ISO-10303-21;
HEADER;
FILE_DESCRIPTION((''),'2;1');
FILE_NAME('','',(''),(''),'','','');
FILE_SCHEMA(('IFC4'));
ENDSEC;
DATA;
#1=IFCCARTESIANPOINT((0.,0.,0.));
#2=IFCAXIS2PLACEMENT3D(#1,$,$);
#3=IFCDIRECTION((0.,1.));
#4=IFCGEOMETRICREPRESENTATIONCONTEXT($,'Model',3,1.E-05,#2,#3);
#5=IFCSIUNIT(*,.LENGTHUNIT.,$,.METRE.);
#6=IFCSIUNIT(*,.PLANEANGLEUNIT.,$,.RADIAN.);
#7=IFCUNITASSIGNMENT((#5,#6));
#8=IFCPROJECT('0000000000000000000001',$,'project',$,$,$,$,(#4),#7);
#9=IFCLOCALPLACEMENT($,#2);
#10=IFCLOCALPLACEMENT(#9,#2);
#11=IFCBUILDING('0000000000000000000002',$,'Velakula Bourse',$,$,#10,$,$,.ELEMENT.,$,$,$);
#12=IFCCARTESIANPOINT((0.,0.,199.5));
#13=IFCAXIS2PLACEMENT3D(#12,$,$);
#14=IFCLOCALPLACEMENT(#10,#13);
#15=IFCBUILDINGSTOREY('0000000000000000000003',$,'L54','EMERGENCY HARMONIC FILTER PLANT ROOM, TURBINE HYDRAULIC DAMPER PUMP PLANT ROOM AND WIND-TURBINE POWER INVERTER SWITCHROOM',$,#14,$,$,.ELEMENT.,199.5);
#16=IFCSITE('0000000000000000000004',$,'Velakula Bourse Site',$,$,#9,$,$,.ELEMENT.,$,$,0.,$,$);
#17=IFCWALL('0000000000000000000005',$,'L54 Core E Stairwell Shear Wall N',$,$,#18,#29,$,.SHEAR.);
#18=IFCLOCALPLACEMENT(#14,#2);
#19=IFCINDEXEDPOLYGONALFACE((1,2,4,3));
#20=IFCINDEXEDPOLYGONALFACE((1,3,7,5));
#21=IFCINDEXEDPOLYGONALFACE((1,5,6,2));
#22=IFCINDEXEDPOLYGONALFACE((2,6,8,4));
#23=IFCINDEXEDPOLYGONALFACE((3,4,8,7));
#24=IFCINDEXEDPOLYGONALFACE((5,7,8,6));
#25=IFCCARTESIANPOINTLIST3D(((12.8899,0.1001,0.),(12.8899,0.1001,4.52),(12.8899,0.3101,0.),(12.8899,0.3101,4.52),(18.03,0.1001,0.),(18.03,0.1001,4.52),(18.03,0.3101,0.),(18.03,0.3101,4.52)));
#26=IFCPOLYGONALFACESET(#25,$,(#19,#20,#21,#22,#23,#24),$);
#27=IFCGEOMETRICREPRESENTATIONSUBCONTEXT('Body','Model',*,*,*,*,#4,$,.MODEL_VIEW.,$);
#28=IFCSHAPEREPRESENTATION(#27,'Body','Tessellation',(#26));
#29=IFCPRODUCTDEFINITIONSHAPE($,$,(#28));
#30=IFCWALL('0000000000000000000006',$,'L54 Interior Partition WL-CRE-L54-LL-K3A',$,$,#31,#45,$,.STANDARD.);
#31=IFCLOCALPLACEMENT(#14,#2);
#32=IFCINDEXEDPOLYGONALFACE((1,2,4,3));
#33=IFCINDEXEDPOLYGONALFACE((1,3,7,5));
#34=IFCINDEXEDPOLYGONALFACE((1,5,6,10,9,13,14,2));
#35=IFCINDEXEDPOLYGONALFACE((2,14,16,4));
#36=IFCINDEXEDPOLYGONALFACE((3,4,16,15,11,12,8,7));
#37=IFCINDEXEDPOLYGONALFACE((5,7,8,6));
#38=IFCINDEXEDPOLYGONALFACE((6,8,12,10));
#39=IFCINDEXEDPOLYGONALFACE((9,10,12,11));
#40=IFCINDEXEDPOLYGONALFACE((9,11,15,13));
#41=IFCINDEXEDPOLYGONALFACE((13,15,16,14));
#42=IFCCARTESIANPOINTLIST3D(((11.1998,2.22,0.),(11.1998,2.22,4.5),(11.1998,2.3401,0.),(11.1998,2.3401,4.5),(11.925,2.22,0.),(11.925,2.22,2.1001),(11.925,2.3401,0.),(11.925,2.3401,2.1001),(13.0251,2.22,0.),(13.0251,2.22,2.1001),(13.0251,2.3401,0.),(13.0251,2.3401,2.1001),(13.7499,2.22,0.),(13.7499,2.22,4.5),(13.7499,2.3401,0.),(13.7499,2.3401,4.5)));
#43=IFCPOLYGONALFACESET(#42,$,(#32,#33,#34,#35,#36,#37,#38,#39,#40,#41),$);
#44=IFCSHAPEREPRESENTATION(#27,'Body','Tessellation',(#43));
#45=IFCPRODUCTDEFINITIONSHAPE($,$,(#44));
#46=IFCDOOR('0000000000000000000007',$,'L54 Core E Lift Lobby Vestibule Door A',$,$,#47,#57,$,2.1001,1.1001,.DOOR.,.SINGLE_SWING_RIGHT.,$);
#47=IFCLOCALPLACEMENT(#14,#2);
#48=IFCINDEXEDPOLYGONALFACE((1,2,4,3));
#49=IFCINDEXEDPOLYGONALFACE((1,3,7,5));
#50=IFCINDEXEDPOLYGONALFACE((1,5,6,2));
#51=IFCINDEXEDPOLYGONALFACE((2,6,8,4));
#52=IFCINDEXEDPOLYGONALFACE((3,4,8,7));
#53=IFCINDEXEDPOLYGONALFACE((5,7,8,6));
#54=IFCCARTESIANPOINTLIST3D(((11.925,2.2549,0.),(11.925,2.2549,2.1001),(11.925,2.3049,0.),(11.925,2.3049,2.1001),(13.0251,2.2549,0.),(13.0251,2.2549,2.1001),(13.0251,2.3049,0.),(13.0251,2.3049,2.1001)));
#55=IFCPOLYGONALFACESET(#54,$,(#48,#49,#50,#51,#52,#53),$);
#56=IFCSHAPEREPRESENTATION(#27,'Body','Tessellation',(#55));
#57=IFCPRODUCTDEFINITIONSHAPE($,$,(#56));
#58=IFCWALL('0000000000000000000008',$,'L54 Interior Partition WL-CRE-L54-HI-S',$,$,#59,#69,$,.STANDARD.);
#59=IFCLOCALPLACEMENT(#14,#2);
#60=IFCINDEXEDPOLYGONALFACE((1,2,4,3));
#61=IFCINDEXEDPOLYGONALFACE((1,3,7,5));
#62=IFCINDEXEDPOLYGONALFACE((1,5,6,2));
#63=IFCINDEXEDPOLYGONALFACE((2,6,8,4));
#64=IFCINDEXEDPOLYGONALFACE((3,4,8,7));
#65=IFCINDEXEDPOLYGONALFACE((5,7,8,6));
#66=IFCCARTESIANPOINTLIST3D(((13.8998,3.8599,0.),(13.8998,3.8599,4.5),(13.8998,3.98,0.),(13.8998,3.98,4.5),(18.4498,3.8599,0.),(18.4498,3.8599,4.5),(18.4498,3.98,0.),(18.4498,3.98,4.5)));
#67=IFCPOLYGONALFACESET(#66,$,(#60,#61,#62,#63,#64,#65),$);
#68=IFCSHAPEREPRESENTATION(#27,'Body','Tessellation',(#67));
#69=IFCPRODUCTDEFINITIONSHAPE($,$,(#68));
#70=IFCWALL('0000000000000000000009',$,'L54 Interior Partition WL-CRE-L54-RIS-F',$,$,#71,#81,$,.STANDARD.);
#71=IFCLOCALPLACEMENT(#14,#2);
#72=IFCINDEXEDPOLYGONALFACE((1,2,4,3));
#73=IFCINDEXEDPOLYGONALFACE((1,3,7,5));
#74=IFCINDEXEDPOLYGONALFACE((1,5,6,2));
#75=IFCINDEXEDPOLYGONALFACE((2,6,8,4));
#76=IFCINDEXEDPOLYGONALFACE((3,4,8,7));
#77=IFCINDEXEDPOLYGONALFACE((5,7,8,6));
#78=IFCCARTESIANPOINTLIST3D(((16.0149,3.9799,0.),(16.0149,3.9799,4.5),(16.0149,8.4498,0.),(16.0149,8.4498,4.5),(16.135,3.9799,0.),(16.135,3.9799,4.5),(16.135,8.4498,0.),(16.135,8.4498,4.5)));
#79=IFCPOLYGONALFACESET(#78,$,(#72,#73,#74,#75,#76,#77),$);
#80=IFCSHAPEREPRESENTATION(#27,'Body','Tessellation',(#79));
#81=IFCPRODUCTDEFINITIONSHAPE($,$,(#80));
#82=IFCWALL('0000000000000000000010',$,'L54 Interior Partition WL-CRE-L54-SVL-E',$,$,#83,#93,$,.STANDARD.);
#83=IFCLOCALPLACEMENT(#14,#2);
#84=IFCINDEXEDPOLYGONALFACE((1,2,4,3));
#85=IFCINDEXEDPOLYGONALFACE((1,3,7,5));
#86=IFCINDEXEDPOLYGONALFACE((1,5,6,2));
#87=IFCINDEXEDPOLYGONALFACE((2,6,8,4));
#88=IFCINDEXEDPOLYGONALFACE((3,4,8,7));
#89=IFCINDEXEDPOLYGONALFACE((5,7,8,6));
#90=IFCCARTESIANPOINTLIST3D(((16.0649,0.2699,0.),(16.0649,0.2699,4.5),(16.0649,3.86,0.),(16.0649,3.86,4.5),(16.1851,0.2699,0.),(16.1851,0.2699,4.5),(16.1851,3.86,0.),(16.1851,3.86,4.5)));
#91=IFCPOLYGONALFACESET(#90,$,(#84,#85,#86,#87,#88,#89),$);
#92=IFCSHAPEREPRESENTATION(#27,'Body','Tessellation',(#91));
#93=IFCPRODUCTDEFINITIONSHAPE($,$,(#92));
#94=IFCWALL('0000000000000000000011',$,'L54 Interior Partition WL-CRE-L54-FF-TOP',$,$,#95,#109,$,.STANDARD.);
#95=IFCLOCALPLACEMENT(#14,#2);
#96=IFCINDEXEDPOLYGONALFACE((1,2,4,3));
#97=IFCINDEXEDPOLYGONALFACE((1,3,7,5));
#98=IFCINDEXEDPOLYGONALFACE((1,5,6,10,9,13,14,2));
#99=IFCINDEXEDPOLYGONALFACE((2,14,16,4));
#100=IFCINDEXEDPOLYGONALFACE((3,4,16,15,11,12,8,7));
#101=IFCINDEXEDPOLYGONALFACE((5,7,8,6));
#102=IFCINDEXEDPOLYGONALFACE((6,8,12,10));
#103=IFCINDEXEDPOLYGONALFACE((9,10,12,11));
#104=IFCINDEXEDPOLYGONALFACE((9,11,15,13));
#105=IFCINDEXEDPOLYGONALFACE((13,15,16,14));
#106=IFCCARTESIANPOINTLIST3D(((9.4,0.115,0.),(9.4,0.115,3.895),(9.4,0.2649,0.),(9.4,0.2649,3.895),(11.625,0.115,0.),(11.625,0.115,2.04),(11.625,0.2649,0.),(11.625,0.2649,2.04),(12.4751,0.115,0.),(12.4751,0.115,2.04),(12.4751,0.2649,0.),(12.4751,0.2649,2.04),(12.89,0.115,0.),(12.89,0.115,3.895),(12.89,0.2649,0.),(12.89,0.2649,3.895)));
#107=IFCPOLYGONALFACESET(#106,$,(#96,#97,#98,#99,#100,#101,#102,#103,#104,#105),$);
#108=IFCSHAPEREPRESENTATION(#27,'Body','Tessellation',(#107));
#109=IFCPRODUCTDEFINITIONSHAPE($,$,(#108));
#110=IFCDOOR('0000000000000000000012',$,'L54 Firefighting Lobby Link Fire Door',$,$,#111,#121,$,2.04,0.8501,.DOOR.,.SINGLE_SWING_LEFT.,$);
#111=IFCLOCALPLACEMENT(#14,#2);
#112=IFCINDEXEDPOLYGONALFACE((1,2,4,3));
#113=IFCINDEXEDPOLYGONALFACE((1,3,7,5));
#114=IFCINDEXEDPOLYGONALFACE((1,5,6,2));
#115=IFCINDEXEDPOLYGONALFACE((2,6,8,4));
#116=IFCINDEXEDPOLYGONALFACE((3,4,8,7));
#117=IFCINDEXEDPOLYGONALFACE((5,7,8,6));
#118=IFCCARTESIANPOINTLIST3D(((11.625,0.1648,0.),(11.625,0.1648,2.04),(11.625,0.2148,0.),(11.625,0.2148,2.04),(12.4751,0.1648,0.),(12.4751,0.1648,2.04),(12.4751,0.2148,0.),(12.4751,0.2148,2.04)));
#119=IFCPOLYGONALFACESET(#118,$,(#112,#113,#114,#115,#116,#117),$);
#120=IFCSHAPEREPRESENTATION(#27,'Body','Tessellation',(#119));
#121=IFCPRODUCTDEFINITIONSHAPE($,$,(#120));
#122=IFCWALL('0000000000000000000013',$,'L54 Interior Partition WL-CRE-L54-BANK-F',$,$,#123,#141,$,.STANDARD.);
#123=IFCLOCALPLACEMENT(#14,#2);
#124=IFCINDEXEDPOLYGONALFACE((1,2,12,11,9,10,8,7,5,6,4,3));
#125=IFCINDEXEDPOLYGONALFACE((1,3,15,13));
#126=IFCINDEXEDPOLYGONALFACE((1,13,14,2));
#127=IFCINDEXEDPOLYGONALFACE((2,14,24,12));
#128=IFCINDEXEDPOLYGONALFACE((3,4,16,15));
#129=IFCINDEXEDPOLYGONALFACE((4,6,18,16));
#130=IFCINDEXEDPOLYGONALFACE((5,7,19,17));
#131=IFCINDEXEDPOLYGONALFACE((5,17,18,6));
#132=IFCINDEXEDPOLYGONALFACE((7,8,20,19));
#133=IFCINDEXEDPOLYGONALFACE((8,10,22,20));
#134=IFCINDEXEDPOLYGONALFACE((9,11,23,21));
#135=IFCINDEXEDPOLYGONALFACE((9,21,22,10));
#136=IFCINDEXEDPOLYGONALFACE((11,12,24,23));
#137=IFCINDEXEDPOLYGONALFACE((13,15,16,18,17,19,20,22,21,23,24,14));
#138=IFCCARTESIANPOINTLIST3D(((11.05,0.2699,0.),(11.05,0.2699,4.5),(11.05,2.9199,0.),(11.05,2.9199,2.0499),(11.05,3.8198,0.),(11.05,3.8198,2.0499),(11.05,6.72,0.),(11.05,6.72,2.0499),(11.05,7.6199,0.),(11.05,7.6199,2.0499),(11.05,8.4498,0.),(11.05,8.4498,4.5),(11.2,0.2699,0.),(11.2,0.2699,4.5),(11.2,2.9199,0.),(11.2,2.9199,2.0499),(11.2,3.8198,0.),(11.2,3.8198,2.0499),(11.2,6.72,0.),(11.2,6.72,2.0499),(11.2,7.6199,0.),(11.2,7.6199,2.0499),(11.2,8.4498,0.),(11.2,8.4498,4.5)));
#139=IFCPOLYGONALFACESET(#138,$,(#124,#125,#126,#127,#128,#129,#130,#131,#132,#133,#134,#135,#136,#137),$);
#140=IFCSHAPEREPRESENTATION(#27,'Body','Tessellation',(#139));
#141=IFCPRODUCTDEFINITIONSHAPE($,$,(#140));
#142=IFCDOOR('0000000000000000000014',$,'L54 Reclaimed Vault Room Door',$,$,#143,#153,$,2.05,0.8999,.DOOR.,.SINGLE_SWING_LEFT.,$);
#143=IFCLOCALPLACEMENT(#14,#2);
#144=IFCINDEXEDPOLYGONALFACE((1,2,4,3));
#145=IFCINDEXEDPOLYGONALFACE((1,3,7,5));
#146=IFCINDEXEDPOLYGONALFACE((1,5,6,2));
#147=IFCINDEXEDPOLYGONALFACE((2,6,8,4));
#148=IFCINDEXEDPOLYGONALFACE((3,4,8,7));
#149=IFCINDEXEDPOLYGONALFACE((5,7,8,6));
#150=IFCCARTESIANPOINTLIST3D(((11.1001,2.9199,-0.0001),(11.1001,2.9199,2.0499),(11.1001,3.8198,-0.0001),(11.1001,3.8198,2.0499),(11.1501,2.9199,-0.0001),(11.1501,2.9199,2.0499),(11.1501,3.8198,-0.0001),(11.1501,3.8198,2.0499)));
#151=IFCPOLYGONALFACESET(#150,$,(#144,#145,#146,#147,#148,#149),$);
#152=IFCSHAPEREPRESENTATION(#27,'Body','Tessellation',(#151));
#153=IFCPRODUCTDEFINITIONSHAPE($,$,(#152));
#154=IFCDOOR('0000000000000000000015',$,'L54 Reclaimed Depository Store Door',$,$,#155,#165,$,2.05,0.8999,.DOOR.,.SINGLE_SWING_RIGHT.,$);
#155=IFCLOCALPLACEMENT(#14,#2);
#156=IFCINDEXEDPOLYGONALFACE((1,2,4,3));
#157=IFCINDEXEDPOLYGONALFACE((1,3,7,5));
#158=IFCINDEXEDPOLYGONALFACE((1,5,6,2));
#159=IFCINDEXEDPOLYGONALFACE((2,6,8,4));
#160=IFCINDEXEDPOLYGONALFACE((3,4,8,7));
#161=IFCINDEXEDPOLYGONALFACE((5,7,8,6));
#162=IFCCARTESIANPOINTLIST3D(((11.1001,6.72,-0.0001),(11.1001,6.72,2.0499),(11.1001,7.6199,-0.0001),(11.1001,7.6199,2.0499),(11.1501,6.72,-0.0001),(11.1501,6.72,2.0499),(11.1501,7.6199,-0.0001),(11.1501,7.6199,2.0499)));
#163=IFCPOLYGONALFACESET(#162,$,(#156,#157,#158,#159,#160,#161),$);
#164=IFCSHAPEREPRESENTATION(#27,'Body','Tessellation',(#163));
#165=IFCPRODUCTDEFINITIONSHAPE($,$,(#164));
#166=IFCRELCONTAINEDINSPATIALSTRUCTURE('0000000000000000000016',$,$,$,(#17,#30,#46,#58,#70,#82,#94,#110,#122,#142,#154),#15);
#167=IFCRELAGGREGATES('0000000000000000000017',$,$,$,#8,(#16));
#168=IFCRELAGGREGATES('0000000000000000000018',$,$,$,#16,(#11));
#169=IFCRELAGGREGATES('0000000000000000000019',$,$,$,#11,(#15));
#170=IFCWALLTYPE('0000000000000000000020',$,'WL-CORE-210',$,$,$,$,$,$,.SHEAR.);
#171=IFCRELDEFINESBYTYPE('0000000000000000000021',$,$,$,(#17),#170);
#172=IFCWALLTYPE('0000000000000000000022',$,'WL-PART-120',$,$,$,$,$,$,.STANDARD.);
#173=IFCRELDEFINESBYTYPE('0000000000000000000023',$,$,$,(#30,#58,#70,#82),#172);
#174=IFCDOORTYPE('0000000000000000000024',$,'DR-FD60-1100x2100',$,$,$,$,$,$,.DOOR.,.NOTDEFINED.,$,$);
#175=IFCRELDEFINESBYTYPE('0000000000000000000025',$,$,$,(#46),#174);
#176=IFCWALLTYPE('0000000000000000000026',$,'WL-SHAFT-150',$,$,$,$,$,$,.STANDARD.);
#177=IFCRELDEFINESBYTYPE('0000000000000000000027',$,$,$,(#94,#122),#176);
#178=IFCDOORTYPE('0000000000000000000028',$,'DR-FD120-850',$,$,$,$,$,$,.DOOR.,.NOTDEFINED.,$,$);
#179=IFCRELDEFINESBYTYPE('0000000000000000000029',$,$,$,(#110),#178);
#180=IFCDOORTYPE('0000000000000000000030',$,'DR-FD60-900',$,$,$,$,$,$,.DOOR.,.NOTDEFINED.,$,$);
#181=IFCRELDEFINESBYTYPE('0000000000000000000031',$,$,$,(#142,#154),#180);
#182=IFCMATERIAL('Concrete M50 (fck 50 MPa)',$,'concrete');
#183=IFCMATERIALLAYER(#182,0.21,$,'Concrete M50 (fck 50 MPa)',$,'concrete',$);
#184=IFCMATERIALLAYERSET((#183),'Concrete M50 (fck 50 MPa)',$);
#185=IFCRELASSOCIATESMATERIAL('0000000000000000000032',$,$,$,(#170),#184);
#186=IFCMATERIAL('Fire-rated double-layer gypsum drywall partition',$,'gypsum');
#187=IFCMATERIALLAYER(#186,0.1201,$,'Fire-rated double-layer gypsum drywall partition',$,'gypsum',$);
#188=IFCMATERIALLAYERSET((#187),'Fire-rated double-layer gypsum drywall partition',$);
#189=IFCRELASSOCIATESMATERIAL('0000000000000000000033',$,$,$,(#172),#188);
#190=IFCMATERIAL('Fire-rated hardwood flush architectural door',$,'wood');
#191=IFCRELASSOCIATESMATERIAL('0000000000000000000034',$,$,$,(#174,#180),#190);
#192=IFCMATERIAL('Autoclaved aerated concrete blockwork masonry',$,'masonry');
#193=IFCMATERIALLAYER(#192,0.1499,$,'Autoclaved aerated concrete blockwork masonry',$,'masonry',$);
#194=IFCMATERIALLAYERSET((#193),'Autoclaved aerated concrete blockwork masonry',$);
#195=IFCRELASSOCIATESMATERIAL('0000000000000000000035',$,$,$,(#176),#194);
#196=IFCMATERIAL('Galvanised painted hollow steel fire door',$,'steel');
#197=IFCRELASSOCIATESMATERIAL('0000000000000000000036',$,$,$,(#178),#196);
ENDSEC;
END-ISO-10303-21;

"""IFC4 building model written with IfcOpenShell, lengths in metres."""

from ifc_helpers import new_model, si_unit, direction, frame, frame_2d, origin, place, context, subcontext, project, spatial, rectangle, extrude, material, layer, layer_set, type_object, element, fill, save


model = new_model("IFC4")

# Units and contexts
model_context = context("Model", 3, precision=1e-05, world=origin(), true_north=direction((0.0, 1.0)))
body_context = subcontext(model_context, "Body", "Model", "MODEL_VIEW")
ifc_project = project(units=[si_unit("LENGTHUNIT", "METRE"), si_unit("PLANEANGLEUNIT", "RADIAN")], contexts=[model_context])

# Site, building, storey
site_placement = place(None, origin())
site = spatial("IfcSite", under=ifc_project, at=site_placement, Name="Velakula Bourse Site", CompositionType="ELEMENT", RefElevation=0.0)
building_placement = place(site_placement, origin())
building = spatial("IfcBuilding", under=site, at=building_placement, Name="Velakula Bourse", CompositionType="ELEMENT")
storey_placement = place(building_placement, frame((0.0, 0.0, 199.5)))
storey = spatial("IfcBuildingStorey", under=building, at=storey_placement, Name="L54", Description="EMERGENCY HARMONIC FILTER PLANT ROOM, TURBINE HYDRAULIC DAMPER PUMP PLANT ROOM AND WIND-TURBINE POWER INVERTER SWITCHROOM", CompositionType="ELEMENT", Elevation=199.5)

# Wall
ifc_material_1 = material(Name="Concrete M50 (fck 50 MPa)", Category="concrete")
ifc_layer_1 = layer(ifc_material_1, 0.21, Name="Concrete M50 (fck 50 MPa)", Category="concrete")
ifc_layer_set_1 = layer_set([ifc_layer_1], Name="Concrete M50 (fck 50 MPa)")
wall_type_1 = type_object("IfcWallType", Name="WL-CORE-210", PredefinedType="SHEAR", material=ifc_layer_set_1)
wall_1_placement = place(storey_placement, frame((18.03, 0.2051, 0.0), z_axis=(0.0, 0.0, 1.0), x_axis=(-1.0, 0.0, 0.0)))
element("IfcWall", 1, at=wall_1_placement, inside=storey, type_object=wall_type_1, Name="L54 Core E Stairwell Shear Wall N", PredefinedType="SHEAR", context=body_context, shape_type="SweptSolid", body=[
    extrude(rectangle(XDim=5.1401, YDim=0.21, at=frame_2d((2.5701, 0.0))), origin(), (0.0, 0.0, 1.0), 4.52),
])

# Wall, opening, door
ifc_material_2 = material(Name="Fire-rated double-layer gypsum drywall partition", Category="gypsum")
ifc_layer_2 = layer(ifc_material_2, 0.1201, Name="Fire-rated double-layer gypsum drywall partition", Category="gypsum")
ifc_layer_set_2 = layer_set([ifc_layer_2], Name="Fire-rated double-layer gypsum drywall partition")
wall_type_2 = type_object("IfcWallType", Name="WL-PART-120", PredefinedType="STANDARD", material=ifc_layer_set_2)
wall_2_placement = place(storey_placement, frame((11.2, 2.28, 0.0), z_axis=(0.0, 0.0, 1.0), x_axis=(1.0, 0.0, 0.0)))
wall_2 = element("IfcWall", 2, at=wall_2_placement, inside=storey, type_object=wall_type_2, Name="L54 Interior Partition WL-CRE-L54-LL-K3A", PredefinedType="STANDARD", context=body_context, shape_type="SweptSolid", body=[
    extrude(rectangle(XDim=2.55, YDim=0.1201, at=frame_2d((1.2749, 0.0))), origin(), (0.0, 0.0, 1.0), 4.5),
])
opening_1_placement = place(wall_2_placement, frame((0.7251, 0.0, 0.0)))
opening_1 = element("IfcOpeningElement", 3, at=opening_1_placement, cuts=wall_2, PredefinedType="OPENING", context=body_context, shape_type="SweptSolid", body=[
    extrude(rectangle(XDim=1.1001, YDim=2.1001, at=frame_2d((0.55, 1.05))), frame((0.0, 0.0701, 0.0), z_axis=(0.0, -1.0, 0.0), x_axis=(1.0, 0.0, 0.0)), (0.0, 0.0, 1.0), 0.1401),
])
ifc_material_3 = material(Name="Fire-rated hardwood flush architectural door", Category="wood")
door_type_1 = type_object("IfcDoorType", Name="DR-FD60-1100x2100", OperationType="NOTDEFINED", PredefinedType="DOOR", material=ifc_material_3)
door_1_placement = place(opening_1_placement, origin())
door_1 = element("IfcDoor", 4, at=door_1_placement, inside=storey, type_object=door_type_1, Name="L54 Core E Lift Lobby Vestibule Door A", OperationType="SINGLE_SWING_RIGHT", OverallHeight=2.1001, OverallWidth=1.1001, PredefinedType="DOOR", context=body_context, shape_type="SweptSolid", body=[
    extrude(rectangle(XDim=1.1001, YDim=2.1001, at=frame_2d((0.55, 1.05))), frame((0.0, 0.0249, 0.0), z_axis=(0.0, -1.0, 0.0), x_axis=(1.0, 0.0, 0.0)), (0.0, 0.0, 1.0), 0.05),
])
fill(opening_1, door_1)

# Walls
wall_3_placement = place(storey_placement, frame((13.8999, 3.9199, 0.0), z_axis=(0.0, 0.0, 1.0), x_axis=(1.0, 0.0, 0.0)))
element("IfcWall", 5, at=wall_3_placement, inside=storey, type_object=wall_type_2, Name="L54 Interior Partition WL-CRE-L54-HI-S", PredefinedType="STANDARD", context=body_context, shape_type="SweptSolid", body=[
    extrude(rectangle(XDim=4.55, YDim=0.1201, at=frame_2d((2.2749, 0.0))), origin(), (0.0, 0.0, 1.0), 4.5),
])
wall_4_placement = place(storey_placement, frame((16.075, 3.98, 0.0), z_axis=(0.0, 0.0, 1.0), x_axis=(0.0, 1.0, 0.0)))
element("IfcWall", 6, at=wall_4_placement, inside=storey, type_object=wall_type_2, Name="L54 Interior Partition WL-CRE-L54-RIS-F", PredefinedType="STANDARD", context=body_context, shape_type="SweptSolid", body=[
    extrude(rectangle(XDim=4.47, YDim=0.1201, at=frame_2d((2.2349, 0.0))), origin(), (0.0, 0.0, 1.0), 4.5),
])
wall_5_placement = place(storey_placement, frame((16.125, 0.27, 0.0), z_axis=(0.0, 0.0, 1.0), x_axis=(0.0, 1.0, 0.0)))
element("IfcWall", 7, at=wall_5_placement, inside=storey, type_object=wall_type_2, Name="L54 Interior Partition WL-CRE-L54-SVL-E", PredefinedType="STANDARD", context=body_context, shape_type="SweptSolid", body=[
    extrude(rectangle(XDim=3.5901, YDim=0.1201, at=frame_2d((1.7949, 0.0))), origin(), (0.0, 0.0, 1.0), 4.5),
])

# Shared definitions
ifc_material_4 = material(Name="Autoclaved aerated concrete blockwork masonry", Category="masonry")
ifc_layer_3 = layer(ifc_material_4, 0.1499, Name="Autoclaved aerated concrete blockwork masonry", Category="masonry")
ifc_layer_set_3 = layer_set([ifc_layer_3], Name="Autoclaved aerated concrete blockwork masonry")
wall_type_3 = type_object("IfcWallType", Name="WL-SHAFT-150", PredefinedType="STANDARD", material=ifc_layer_set_3)
ifc_material_5 = material(Name="Galvanised painted hollow steel fire door", Category="steel")

# Wall, opening, door
wall_6_placement = place(storey_placement, frame((9.3999, 0.1899, 0.0), z_axis=(0.0, 0.0, 1.0), x_axis=(1.0, 0.0, 0.0)))
wall_6 = element("IfcWall", 8, at=wall_6_placement, inside=storey, type_object=wall_type_3, Name="L54 Interior Partition WL-CRE-L54-FF-TOP", PredefinedType="STANDARD", context=body_context, shape_type="SweptSolid", body=[
    extrude(rectangle(XDim=3.49, YDim=0.1499, at=frame_2d((1.7451, 0.0))), origin(), (0.0, 0.0, 1.0), 3.895),
])
opening_2_placement = place(wall_6_placement, frame((2.2251, 0.0, 0.0)))
opening_2 = element("IfcOpeningElement", 9, at=opening_2_placement, cuts=wall_6, PredefinedType="OPENING", context=body_context, shape_type="SweptSolid", body=[
    extrude(rectangle(XDim=0.8501, YDim=2.04, at=frame_2d((0.425, 1.02))), frame((0.0, 0.085, 0.0), z_axis=(0.0, -1.0, 0.0), x_axis=(1.0, 0.0, 0.0)), (0.0, 0.0, 1.0), 0.1699),
])
door_type_2 = type_object("IfcDoorType", Name="DR-FD120-850", OperationType="NOTDEFINED", PredefinedType="DOOR", material=ifc_material_5)
door_2_placement = place(opening_2_placement, origin())
door_2 = element("IfcDoor", 10, at=door_2_placement, inside=storey, type_object=door_type_2, Name="L54 Firefighting Lobby Link Fire Door", OperationType="SINGLE_SWING_LEFT", OverallHeight=2.04, OverallWidth=0.8501, PredefinedType="DOOR", context=body_context, shape_type="SweptSolid", body=[
    extrude(rectangle(XDim=0.8501, YDim=2.04, at=frame_2d((0.425, 1.02))), frame((0.0, 0.0249, 0.0), z_axis=(0.0, -1.0, 0.0), x_axis=(1.0, 0.0, 0.0)), (0.0, 0.0, 1.0), 0.05),
])
fill(opening_2, door_2)

# Wall, openings, doors
wall_7_placement = place(storey_placement, frame((11.125, 0.27, 0.0), z_axis=(0.0, 0.0, 1.0), x_axis=(0.0, 1.0, 0.0)))
wall_7 = element("IfcWall", 11, at=wall_7_placement, inside=storey, type_object=wall_type_3, Name="L54 Interior Partition WL-CRE-L54-BANK-F", PredefinedType="STANDARD", context=body_context, shape_type="SweptSolid", body=[
    extrude(rectangle(XDim=8.1799, YDim=0.1499, at=frame_2d((4.0898, 0.0))), origin(), (0.0, 0.0, 1.0), 4.5),
])
opening_3_placement = place(wall_7_placement, frame((2.6499, 0.0, 0.0)))
opening_3 = element("IfcOpeningElement", 12, at=opening_3_placement, cuts=wall_7, PredefinedType="OPENING", context=body_context, shape_type="SweptSolid", body=[
    extrude(rectangle(XDim=0.8999, YDim=2.05, at=frame_2d((0.45, 1.0249))), frame((0.0, 0.085, 0.0), z_axis=(0.0, -1.0, 0.0), x_axis=(1.0, 0.0, 0.0)), (0.0, 0.0, 1.0), 0.1699),
])
opening_4_placement = place(wall_7_placement, frame((6.45, 0.0, 0.0)))
opening_4 = element("IfcOpeningElement", 13, at=opening_4_placement, cuts=wall_7, PredefinedType="OPENING", context=body_context, shape_type="SweptSolid", body=[
    extrude(rectangle(XDim=0.8999, YDim=2.05, at=frame_2d((0.45, 1.0249))), frame((0.0, 0.085, 0.0), z_axis=(0.0, -1.0, 0.0), x_axis=(1.0, 0.0, 0.0)), (0.0, 0.0, 1.0), 0.1699),
])
door_type_3 = type_object("IfcDoorType", Name="DR-FD60-900", OperationType="NOTDEFINED", PredefinedType="DOOR", material=ifc_material_3)
door_3_placement = place(opening_3_placement, origin())
door_3 = element("IfcDoor", 14, at=door_3_placement, inside=storey, type_object=door_type_3, Name="L54 Reclaimed Vault Room Door", OperationType="SINGLE_SWING_LEFT", OverallHeight=2.05, OverallWidth=0.8999, PredefinedType="DOOR", context=body_context, shape_type="SweptSolid", body=[
    extrude(rectangle(XDim=0.8999, YDim=2.05, at=frame_2d((0.45, 1.0249))), frame((0.0, 0.0249, 0.0), z_axis=(0.0, -1.0, 0.0), x_axis=(1.0, 0.0, 0.0)), (0.0, 0.0, 1.0), 0.05),
])
fill(opening_3, door_3)
door_4_placement = place(opening_4_placement, origin())
door_4 = element("IfcDoor", 15, at=door_4_placement, inside=storey, type_object=door_type_3, Name="L54 Reclaimed Depository Store Door", OperationType="SINGLE_SWING_RIGHT", OverallHeight=2.05, OverallWidth=0.8999, PredefinedType="DOOR", context=body_context, shape_type="SweptSolid", body=[
    extrude(rectangle(XDim=0.8999, YDim=2.05, at=frame_2d((0.45, 1.0249))), frame((0.0, 0.0249, 0.0), z_axis=(0.0, -1.0, 0.0), x_axis=(1.0, 0.0, 0.0)), (0.0, 0.0, 1.0), 0.05),
])
fill(opening_4, door_4)

save(model, "model.ifc")
